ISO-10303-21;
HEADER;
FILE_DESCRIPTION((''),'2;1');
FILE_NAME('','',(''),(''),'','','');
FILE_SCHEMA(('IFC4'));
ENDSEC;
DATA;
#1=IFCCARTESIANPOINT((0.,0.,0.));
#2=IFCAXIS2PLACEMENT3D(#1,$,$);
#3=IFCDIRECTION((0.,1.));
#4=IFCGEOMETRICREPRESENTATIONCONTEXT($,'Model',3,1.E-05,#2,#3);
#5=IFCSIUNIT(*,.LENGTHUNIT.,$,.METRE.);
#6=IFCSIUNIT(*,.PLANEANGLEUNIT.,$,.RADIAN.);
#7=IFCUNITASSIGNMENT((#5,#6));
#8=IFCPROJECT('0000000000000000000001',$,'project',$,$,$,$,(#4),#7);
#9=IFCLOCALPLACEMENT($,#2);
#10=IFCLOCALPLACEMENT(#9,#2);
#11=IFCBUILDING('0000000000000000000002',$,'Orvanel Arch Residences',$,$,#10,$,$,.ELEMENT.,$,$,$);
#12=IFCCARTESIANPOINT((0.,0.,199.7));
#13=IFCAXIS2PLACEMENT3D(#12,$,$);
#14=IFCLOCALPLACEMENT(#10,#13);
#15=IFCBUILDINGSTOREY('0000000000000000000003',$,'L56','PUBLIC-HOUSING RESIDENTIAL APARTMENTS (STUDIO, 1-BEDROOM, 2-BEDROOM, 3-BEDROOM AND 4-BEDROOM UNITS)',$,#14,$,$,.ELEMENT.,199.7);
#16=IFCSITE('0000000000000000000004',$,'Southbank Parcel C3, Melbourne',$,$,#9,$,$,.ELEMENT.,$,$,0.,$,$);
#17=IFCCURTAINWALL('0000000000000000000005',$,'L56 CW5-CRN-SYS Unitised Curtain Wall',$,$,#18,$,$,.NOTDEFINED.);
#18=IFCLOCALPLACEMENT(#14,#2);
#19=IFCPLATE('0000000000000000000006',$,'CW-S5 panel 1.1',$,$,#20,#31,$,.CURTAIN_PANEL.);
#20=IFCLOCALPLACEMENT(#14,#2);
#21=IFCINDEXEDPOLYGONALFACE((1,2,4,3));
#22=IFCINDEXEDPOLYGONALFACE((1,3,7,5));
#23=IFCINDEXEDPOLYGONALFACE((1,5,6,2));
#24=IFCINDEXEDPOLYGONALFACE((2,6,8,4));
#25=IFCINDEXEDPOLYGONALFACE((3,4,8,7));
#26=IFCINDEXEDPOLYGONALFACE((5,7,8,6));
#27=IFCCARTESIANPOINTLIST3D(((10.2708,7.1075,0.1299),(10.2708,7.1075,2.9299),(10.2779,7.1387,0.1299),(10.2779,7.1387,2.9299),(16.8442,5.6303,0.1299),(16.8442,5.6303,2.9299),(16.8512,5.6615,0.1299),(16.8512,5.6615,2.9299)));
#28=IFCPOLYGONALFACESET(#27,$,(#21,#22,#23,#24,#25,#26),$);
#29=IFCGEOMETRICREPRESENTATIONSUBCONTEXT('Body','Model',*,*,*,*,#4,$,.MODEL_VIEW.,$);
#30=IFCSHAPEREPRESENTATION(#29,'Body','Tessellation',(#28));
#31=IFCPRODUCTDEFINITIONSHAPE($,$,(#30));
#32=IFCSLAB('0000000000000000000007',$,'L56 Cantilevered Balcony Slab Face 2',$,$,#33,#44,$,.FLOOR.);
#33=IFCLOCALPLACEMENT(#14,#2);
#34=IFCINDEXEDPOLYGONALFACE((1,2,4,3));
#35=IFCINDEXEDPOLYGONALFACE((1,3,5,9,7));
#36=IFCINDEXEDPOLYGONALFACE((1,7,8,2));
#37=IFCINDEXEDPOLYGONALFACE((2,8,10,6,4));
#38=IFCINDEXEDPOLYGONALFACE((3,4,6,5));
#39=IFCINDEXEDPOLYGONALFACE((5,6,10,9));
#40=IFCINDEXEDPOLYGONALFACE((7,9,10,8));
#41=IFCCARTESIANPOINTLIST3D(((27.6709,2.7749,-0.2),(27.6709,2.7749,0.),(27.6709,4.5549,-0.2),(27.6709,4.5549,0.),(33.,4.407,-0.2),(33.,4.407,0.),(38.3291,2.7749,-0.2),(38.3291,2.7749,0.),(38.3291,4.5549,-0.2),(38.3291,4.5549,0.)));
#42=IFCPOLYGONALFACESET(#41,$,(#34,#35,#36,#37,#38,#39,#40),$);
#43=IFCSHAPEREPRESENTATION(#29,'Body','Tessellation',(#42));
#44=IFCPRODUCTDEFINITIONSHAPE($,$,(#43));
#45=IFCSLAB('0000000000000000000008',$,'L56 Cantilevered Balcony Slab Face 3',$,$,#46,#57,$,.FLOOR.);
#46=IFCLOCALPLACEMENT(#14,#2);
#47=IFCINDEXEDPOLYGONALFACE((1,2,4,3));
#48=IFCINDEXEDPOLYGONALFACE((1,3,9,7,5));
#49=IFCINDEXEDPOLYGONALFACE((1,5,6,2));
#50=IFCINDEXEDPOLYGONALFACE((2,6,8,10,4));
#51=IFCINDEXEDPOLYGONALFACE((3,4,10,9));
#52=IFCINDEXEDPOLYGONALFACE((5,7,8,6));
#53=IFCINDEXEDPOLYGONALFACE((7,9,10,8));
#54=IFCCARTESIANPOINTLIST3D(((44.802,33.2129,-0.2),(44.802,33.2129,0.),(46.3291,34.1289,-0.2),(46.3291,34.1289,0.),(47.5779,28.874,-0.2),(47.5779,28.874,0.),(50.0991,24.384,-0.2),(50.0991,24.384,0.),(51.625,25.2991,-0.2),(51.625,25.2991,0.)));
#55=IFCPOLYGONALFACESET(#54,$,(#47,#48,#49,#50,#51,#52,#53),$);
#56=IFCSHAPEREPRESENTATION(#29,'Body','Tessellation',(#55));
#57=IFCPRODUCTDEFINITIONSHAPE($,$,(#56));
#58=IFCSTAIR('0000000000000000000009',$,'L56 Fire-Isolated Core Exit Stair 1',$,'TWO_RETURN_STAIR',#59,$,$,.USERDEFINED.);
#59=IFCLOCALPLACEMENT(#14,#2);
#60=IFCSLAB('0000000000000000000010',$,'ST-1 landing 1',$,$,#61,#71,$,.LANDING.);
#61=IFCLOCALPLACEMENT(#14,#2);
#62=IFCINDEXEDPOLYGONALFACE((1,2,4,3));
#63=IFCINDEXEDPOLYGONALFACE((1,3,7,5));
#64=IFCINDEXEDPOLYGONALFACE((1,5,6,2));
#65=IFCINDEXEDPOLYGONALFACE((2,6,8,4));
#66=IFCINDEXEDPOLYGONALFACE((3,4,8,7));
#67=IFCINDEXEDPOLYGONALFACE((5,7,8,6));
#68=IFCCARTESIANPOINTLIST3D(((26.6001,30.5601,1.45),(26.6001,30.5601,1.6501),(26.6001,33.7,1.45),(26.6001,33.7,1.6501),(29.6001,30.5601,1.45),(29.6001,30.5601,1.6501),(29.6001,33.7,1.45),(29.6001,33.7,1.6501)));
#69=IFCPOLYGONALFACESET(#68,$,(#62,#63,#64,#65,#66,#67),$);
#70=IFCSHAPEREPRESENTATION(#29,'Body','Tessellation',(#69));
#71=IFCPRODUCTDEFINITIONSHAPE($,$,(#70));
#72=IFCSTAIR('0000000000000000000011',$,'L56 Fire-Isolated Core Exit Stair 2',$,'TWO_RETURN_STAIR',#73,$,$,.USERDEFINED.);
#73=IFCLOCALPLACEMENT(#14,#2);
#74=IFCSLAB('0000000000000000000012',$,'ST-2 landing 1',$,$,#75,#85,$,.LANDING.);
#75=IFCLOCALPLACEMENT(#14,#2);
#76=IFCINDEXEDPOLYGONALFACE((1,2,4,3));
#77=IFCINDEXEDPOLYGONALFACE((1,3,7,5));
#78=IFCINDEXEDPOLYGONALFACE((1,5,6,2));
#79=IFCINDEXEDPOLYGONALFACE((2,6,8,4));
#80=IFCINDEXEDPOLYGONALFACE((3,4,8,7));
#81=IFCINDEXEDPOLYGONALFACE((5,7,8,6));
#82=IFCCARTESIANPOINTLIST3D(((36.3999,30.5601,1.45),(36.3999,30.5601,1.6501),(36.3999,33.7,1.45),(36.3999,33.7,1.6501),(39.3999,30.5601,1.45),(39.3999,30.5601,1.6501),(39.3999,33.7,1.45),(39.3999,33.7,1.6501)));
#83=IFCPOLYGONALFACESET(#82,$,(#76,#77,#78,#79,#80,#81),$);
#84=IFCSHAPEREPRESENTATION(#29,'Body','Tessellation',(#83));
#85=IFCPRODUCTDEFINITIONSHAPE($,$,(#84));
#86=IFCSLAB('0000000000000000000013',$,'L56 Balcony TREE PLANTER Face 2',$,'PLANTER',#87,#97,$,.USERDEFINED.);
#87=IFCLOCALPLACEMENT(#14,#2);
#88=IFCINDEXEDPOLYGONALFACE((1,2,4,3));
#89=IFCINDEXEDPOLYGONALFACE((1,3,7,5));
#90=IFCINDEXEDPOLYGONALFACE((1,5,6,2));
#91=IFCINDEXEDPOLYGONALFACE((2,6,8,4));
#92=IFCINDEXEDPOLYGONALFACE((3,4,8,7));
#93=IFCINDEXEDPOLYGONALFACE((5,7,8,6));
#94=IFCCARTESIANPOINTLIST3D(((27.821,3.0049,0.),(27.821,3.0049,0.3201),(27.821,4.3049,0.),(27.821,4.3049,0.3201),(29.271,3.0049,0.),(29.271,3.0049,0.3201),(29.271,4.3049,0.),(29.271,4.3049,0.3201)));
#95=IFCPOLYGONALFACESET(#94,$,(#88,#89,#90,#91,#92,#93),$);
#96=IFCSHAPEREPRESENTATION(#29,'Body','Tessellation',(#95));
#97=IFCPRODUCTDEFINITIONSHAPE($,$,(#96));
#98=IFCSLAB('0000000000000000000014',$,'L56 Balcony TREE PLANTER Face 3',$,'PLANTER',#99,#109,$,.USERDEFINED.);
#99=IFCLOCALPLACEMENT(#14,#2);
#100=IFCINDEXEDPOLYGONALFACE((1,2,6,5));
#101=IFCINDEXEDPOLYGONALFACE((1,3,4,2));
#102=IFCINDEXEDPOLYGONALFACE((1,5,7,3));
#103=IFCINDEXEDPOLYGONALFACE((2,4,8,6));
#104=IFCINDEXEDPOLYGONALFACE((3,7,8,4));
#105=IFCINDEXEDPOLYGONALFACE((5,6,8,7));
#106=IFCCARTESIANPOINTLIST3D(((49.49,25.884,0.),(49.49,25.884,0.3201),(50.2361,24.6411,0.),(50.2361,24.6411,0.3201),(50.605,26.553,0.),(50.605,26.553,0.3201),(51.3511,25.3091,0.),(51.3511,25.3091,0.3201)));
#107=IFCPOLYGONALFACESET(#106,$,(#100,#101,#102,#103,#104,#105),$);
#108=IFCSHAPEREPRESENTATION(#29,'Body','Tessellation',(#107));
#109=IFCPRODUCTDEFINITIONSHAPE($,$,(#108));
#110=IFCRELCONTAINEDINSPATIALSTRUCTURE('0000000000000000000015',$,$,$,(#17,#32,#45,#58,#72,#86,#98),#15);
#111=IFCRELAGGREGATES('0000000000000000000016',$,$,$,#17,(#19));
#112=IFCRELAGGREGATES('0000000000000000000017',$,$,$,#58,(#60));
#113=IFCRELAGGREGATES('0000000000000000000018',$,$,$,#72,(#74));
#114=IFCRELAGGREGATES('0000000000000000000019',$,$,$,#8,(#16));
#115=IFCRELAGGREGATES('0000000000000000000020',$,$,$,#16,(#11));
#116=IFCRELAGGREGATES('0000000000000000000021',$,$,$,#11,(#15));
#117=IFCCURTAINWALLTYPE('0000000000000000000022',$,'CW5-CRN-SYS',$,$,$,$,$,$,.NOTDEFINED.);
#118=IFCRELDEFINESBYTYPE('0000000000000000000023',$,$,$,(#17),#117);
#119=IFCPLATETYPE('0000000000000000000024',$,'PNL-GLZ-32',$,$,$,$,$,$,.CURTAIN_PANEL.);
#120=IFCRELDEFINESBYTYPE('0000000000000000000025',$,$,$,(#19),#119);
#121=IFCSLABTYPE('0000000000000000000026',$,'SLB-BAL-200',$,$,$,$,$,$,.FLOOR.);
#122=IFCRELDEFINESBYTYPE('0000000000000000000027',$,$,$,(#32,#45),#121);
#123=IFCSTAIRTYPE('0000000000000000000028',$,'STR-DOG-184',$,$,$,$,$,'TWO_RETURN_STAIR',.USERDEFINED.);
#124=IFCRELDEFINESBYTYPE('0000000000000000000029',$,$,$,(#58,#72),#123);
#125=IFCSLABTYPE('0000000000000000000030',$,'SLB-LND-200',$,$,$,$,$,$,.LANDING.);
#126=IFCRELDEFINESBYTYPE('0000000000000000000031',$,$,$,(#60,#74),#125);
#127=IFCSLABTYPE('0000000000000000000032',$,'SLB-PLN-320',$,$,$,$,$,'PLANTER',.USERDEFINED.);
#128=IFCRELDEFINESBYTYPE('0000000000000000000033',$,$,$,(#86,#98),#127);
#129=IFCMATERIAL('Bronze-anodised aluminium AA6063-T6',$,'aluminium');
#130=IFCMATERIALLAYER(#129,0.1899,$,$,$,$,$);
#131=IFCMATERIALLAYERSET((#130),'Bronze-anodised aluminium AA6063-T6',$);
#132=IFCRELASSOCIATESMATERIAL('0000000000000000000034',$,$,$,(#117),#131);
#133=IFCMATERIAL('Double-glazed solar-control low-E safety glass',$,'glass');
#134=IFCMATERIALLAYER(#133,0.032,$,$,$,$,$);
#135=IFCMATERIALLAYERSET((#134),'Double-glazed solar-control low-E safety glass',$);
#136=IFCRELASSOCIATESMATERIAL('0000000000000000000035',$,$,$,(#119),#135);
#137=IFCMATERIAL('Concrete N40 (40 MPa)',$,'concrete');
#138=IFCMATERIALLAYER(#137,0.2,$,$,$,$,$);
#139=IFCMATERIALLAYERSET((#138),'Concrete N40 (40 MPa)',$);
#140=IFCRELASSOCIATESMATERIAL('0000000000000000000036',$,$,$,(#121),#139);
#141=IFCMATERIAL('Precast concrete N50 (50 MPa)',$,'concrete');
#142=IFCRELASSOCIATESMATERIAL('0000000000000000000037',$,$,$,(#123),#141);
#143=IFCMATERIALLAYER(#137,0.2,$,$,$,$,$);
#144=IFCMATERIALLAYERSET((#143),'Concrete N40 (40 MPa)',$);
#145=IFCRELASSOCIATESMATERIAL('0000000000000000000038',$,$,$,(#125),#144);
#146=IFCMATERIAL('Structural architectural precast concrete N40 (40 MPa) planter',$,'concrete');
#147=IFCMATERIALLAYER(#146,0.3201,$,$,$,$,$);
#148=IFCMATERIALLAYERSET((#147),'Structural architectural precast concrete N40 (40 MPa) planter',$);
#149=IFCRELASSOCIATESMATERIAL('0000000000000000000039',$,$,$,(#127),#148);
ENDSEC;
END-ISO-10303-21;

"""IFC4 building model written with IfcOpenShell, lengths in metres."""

from ifc_helpers import new_model, si_unit, direction, frame, origin, origin_2d, place, context, subcontext, project, spatial, polyline, rectangle, outline, extrude, material, layer, layer_set, type_object, element, aggregate, save


model = new_model("IFC4")

# Units and contexts
model_context = context("Model", 3, precision=1e-05, world=origin(), true_north=direction((0.0, 1.0)))
body_context = subcontext(model_context, "Body", "Model", "MODEL_VIEW")
ifc_project = project(units=[si_unit("LENGTHUNIT", "METRE"), si_unit("PLANEANGLEUNIT", "RADIAN")], contexts=[model_context])

# Site, building, storey
site_placement = place(None, origin())
site = spatial("IfcSite", under=ifc_project, at=site_placement, Name="Southbank Parcel C3, Melbourne", CompositionType="ELEMENT", RefElevation=0.0)
building_placement = place(site_placement, origin())
building = spatial("IfcBuilding", under=site, at=building_placement, Name="Orvanel Arch Residences", CompositionType="ELEMENT")
storey_placement = place(building_placement, frame((0.0, 0.0, 199.7)))
storey = spatial("IfcBuildingStorey", under=building, at=storey_placement, Name="L56", Description="PUBLIC-HOUSING RESIDENTIAL APARTMENTS (STUDIO, 1-BEDROOM, 2-BEDROOM, 3-BEDROOM AND 4-BEDROOM UNITS)", CompositionType="ELEMENT", Elevation=199.7)

# Shared definitions
ifc_material_1 = material(Name="Bronze-anodised aluminium AA6063-T6", Category="aluminium")
ifc_layer_1 = layer(ifc_material_1, 0.1899)
ifc_layer_set_1 = layer_set([ifc_layer_1], Name="Bronze-anodised aluminium AA6063-T6")
curtain_wall_type_1 = type_object("IfcCurtainWallType", Name="CW5-CRN-SYS", PredefinedType="NOTDEFINED", material=ifc_layer_set_1)

# Curtain wall
curtain_wall_1_placement = place(storey_placement, origin())
curtain_wall_1 = element("IfcCurtainWall", 1, at=curtain_wall_1_placement, inside=storey, type_object=curtain_wall_type_1, Name="L56 CW5-CRN-SYS Unitised Curtain Wall", PredefinedType="NOTDEFINED")

# Plate
ifc_material_2 = material(Name="Double-glazed solar-control low-E safety glass", Category="glass")
ifc_layer_2 = layer(ifc_material_2, 0.032)
ifc_layer_set_2 = layer_set([ifc_layer_2], Name="Double-glazed solar-control low-E safety glass")
plate_type_1 = type_object("IfcPlateType", Name="PNL-GLZ-32", PredefinedType="CURTAIN_PANEL", material=ifc_layer_set_2)
plate_1_placement = place(storey_placement, frame((13.561, 6.3845, 0.1299), z_axis=(0.0, 0.0, 1.0), x_axis=(0.975666, -0.219262, 0.0)))
plate_1 = element("IfcPlate", 2, at=plate_1_placement, type_object=plate_type_1, Name="CW-S5 panel 1.1", PredefinedType="CURTAIN_PANEL", context=body_context, shape_type="SweptSolid", body=[
    extrude(rectangle(XDim=6.7373, YDim=0.032, at=origin_2d()), origin(), (0.0, 0.0, 1.0), 2.8),
])
aggregate(curtain_wall_1, [plate_1])

# Slabs
ifc_material_3 = material(Name="Concrete N40 (40 MPa)", Category="concrete")
ifc_layer_3 = layer(ifc_material_3, 0.2)
ifc_layer_set_3 = layer_set([ifc_layer_3], Name="Concrete N40 (40 MPa)")
slab_type_1 = type_object("IfcSlabType", Name="SLB-BAL-200", PredefinedType="FLOOR", material=ifc_layer_set_3)
slab_1_placement = place(storey_placement, frame((0.0, 0.0, -0.2)))
element("IfcSlab", 3, at=slab_1_placement, inside=storey, type_object=slab_type_1, Name="L56 Cantilevered Balcony Slab Face 2", PredefinedType="FLOOR", context=body_context, shape_type="SweptSolid", body=[
    extrude(outline(polyline([(27.6709, 2.7749), (38.3291, 2.7749), (38.3291, 4.5549), (33.0, 4.407), (27.6709, 4.5549), (27.6709, 2.7749)])), origin(), (0.0, 0.0, 1.0), 0.2),
])
slab_2_placement = place(storey_placement, frame((0.0, 0.0, -0.2)))
element("IfcSlab", 4, at=slab_2_placement, inside=storey, type_object=slab_type_1, Name="L56 Cantilevered Balcony Slab Face 3", PredefinedType="FLOOR", context=body_context, shape_type="SweptSolid", body=[
    extrude(outline(polyline([(51.625, 25.2991), (46.3291, 34.1289), (44.802, 33.2129), (47.5779, 28.874), (50.0991, 24.384), (51.625, 25.2991)])), origin(), (0.0, 0.0, 1.0), 0.2),
])

# Stairs, slabs
ifc_material_4 = material(Name="Precast concrete N50 (50 MPa)", Category="concrete")
stair_type = type_object("IfcStairType", Name="STR-DOG-184", ElementType="TWO_RETURN_STAIR", PredefinedType="USERDEFINED", material=ifc_material_4)
stair_1_placement = place(storey_placement, origin())
stair_1 = element("IfcStair", 5, at=stair_1_placement, inside=storey, type_object=stair_type, Name="L56 Fire-Isolated Core Exit Stair 1", ObjectType="TWO_RETURN_STAIR", PredefinedType="USERDEFINED")
ifc_layer_4 = layer(ifc_material_3, 0.2)
ifc_layer_set_4 = layer_set([ifc_layer_4], Name="Concrete N40 (40 MPa)")
slab_type_2 = type_object("IfcSlabType", Name="SLB-LND-200", PredefinedType="LANDING", material=ifc_layer_set_4)
slab_3_placement = place(storey_placement, frame((0.0, 0.0, 1.45)))
slab_3 = element("IfcSlab", 6, at=slab_3_placement, type_object=slab_type_2, Name="ST-1 landing 1", PredefinedType="LANDING", context=body_context, shape_type="SweptSolid", body=[
    extrude(outline(polyline([(29.6001, 30.5601), (29.6001, 33.7), (26.6001, 33.7), (26.6001, 30.5601), (29.6001, 30.5601)])), origin(), (0.0, 0.0, 1.0), 0.2002),
])
aggregate(stair_1, [slab_3])
stair_2_placement = place(storey_placement, origin())
stair_2 = element("IfcStair", 7, at=stair_2_placement, inside=storey, type_object=stair_type, Name="L56 Fire-Isolated Core Exit Stair 2", ObjectType="TWO_RETURN_STAIR", PredefinedType="USERDEFINED")
slab_4_placement = place(storey_placement, frame((0.0, 0.0, 1.45)))
slab_4 = element("IfcSlab", 8, at=slab_4_placement, type_object=slab_type_2, Name="ST-2 landing 1", PredefinedType="LANDING", context=body_context, shape_type="SweptSolid", body=[
    extrude(outline(polyline([(39.3999, 30.5601), (39.3999, 33.7), (36.3999, 33.7), (36.3999, 30.5601), (39.3999, 30.5601)])), origin(), (0.0, 0.0, 1.0), 0.2002),
])
aggregate(stair_2, [slab_4])

# Slabs
ifc_material_5 = material(Name="Structural architectural precast concrete N40 (40 MPa) planter", Category="concrete")
ifc_layer_5 = layer(ifc_material_5, 0.3201)
ifc_layer_set_5 = layer_set([ifc_layer_5], Name="Structural architectural precast concrete N40 (40 MPa) planter")
slab_type_3 = type_object("IfcSlabType", Name="SLB-PLN-320", ElementType="PLANTER", PredefinedType="USERDEFINED", material=ifc_layer_set_5)
slab_5_placement = place(storey_placement, origin())
element("IfcSlab", 9, at=slab_5_placement, inside=storey, type_object=slab_type_3, Name="L56 Balcony TREE PLANTER Face 2", ObjectType="PLANTER", PredefinedType="USERDEFINED", context=body_context, shape_type="SweptSolid", body=[
    extrude(outline(polyline([(27.821, 3.0049), (29.271, 3.0049), (29.271, 4.3049), (27.821, 4.3049), (27.821, 3.0049)])), origin(), (0.0, 0.0, 1.0), 0.3201),
])
slab_6_placement = place(storey_placement, origin())
element("IfcSlab", 10, at=slab_6_placement, inside=storey, type_object=slab_type_3, Name="L56 Balcony TREE PLANTER Face 3", ObjectType="PLANTER", PredefinedType="USERDEFINED", context=body_context, shape_type="SweptSolid", body=[
    extrude(outline(polyline([(51.3511, 25.3091), (50.605, 26.553), (49.49, 25.884), (50.2361, 24.6411), (51.3511, 25.3091)])), origin(), (0.0, 0.0, 1.0), 0.3201),
])

save(model, "model.ifc")
